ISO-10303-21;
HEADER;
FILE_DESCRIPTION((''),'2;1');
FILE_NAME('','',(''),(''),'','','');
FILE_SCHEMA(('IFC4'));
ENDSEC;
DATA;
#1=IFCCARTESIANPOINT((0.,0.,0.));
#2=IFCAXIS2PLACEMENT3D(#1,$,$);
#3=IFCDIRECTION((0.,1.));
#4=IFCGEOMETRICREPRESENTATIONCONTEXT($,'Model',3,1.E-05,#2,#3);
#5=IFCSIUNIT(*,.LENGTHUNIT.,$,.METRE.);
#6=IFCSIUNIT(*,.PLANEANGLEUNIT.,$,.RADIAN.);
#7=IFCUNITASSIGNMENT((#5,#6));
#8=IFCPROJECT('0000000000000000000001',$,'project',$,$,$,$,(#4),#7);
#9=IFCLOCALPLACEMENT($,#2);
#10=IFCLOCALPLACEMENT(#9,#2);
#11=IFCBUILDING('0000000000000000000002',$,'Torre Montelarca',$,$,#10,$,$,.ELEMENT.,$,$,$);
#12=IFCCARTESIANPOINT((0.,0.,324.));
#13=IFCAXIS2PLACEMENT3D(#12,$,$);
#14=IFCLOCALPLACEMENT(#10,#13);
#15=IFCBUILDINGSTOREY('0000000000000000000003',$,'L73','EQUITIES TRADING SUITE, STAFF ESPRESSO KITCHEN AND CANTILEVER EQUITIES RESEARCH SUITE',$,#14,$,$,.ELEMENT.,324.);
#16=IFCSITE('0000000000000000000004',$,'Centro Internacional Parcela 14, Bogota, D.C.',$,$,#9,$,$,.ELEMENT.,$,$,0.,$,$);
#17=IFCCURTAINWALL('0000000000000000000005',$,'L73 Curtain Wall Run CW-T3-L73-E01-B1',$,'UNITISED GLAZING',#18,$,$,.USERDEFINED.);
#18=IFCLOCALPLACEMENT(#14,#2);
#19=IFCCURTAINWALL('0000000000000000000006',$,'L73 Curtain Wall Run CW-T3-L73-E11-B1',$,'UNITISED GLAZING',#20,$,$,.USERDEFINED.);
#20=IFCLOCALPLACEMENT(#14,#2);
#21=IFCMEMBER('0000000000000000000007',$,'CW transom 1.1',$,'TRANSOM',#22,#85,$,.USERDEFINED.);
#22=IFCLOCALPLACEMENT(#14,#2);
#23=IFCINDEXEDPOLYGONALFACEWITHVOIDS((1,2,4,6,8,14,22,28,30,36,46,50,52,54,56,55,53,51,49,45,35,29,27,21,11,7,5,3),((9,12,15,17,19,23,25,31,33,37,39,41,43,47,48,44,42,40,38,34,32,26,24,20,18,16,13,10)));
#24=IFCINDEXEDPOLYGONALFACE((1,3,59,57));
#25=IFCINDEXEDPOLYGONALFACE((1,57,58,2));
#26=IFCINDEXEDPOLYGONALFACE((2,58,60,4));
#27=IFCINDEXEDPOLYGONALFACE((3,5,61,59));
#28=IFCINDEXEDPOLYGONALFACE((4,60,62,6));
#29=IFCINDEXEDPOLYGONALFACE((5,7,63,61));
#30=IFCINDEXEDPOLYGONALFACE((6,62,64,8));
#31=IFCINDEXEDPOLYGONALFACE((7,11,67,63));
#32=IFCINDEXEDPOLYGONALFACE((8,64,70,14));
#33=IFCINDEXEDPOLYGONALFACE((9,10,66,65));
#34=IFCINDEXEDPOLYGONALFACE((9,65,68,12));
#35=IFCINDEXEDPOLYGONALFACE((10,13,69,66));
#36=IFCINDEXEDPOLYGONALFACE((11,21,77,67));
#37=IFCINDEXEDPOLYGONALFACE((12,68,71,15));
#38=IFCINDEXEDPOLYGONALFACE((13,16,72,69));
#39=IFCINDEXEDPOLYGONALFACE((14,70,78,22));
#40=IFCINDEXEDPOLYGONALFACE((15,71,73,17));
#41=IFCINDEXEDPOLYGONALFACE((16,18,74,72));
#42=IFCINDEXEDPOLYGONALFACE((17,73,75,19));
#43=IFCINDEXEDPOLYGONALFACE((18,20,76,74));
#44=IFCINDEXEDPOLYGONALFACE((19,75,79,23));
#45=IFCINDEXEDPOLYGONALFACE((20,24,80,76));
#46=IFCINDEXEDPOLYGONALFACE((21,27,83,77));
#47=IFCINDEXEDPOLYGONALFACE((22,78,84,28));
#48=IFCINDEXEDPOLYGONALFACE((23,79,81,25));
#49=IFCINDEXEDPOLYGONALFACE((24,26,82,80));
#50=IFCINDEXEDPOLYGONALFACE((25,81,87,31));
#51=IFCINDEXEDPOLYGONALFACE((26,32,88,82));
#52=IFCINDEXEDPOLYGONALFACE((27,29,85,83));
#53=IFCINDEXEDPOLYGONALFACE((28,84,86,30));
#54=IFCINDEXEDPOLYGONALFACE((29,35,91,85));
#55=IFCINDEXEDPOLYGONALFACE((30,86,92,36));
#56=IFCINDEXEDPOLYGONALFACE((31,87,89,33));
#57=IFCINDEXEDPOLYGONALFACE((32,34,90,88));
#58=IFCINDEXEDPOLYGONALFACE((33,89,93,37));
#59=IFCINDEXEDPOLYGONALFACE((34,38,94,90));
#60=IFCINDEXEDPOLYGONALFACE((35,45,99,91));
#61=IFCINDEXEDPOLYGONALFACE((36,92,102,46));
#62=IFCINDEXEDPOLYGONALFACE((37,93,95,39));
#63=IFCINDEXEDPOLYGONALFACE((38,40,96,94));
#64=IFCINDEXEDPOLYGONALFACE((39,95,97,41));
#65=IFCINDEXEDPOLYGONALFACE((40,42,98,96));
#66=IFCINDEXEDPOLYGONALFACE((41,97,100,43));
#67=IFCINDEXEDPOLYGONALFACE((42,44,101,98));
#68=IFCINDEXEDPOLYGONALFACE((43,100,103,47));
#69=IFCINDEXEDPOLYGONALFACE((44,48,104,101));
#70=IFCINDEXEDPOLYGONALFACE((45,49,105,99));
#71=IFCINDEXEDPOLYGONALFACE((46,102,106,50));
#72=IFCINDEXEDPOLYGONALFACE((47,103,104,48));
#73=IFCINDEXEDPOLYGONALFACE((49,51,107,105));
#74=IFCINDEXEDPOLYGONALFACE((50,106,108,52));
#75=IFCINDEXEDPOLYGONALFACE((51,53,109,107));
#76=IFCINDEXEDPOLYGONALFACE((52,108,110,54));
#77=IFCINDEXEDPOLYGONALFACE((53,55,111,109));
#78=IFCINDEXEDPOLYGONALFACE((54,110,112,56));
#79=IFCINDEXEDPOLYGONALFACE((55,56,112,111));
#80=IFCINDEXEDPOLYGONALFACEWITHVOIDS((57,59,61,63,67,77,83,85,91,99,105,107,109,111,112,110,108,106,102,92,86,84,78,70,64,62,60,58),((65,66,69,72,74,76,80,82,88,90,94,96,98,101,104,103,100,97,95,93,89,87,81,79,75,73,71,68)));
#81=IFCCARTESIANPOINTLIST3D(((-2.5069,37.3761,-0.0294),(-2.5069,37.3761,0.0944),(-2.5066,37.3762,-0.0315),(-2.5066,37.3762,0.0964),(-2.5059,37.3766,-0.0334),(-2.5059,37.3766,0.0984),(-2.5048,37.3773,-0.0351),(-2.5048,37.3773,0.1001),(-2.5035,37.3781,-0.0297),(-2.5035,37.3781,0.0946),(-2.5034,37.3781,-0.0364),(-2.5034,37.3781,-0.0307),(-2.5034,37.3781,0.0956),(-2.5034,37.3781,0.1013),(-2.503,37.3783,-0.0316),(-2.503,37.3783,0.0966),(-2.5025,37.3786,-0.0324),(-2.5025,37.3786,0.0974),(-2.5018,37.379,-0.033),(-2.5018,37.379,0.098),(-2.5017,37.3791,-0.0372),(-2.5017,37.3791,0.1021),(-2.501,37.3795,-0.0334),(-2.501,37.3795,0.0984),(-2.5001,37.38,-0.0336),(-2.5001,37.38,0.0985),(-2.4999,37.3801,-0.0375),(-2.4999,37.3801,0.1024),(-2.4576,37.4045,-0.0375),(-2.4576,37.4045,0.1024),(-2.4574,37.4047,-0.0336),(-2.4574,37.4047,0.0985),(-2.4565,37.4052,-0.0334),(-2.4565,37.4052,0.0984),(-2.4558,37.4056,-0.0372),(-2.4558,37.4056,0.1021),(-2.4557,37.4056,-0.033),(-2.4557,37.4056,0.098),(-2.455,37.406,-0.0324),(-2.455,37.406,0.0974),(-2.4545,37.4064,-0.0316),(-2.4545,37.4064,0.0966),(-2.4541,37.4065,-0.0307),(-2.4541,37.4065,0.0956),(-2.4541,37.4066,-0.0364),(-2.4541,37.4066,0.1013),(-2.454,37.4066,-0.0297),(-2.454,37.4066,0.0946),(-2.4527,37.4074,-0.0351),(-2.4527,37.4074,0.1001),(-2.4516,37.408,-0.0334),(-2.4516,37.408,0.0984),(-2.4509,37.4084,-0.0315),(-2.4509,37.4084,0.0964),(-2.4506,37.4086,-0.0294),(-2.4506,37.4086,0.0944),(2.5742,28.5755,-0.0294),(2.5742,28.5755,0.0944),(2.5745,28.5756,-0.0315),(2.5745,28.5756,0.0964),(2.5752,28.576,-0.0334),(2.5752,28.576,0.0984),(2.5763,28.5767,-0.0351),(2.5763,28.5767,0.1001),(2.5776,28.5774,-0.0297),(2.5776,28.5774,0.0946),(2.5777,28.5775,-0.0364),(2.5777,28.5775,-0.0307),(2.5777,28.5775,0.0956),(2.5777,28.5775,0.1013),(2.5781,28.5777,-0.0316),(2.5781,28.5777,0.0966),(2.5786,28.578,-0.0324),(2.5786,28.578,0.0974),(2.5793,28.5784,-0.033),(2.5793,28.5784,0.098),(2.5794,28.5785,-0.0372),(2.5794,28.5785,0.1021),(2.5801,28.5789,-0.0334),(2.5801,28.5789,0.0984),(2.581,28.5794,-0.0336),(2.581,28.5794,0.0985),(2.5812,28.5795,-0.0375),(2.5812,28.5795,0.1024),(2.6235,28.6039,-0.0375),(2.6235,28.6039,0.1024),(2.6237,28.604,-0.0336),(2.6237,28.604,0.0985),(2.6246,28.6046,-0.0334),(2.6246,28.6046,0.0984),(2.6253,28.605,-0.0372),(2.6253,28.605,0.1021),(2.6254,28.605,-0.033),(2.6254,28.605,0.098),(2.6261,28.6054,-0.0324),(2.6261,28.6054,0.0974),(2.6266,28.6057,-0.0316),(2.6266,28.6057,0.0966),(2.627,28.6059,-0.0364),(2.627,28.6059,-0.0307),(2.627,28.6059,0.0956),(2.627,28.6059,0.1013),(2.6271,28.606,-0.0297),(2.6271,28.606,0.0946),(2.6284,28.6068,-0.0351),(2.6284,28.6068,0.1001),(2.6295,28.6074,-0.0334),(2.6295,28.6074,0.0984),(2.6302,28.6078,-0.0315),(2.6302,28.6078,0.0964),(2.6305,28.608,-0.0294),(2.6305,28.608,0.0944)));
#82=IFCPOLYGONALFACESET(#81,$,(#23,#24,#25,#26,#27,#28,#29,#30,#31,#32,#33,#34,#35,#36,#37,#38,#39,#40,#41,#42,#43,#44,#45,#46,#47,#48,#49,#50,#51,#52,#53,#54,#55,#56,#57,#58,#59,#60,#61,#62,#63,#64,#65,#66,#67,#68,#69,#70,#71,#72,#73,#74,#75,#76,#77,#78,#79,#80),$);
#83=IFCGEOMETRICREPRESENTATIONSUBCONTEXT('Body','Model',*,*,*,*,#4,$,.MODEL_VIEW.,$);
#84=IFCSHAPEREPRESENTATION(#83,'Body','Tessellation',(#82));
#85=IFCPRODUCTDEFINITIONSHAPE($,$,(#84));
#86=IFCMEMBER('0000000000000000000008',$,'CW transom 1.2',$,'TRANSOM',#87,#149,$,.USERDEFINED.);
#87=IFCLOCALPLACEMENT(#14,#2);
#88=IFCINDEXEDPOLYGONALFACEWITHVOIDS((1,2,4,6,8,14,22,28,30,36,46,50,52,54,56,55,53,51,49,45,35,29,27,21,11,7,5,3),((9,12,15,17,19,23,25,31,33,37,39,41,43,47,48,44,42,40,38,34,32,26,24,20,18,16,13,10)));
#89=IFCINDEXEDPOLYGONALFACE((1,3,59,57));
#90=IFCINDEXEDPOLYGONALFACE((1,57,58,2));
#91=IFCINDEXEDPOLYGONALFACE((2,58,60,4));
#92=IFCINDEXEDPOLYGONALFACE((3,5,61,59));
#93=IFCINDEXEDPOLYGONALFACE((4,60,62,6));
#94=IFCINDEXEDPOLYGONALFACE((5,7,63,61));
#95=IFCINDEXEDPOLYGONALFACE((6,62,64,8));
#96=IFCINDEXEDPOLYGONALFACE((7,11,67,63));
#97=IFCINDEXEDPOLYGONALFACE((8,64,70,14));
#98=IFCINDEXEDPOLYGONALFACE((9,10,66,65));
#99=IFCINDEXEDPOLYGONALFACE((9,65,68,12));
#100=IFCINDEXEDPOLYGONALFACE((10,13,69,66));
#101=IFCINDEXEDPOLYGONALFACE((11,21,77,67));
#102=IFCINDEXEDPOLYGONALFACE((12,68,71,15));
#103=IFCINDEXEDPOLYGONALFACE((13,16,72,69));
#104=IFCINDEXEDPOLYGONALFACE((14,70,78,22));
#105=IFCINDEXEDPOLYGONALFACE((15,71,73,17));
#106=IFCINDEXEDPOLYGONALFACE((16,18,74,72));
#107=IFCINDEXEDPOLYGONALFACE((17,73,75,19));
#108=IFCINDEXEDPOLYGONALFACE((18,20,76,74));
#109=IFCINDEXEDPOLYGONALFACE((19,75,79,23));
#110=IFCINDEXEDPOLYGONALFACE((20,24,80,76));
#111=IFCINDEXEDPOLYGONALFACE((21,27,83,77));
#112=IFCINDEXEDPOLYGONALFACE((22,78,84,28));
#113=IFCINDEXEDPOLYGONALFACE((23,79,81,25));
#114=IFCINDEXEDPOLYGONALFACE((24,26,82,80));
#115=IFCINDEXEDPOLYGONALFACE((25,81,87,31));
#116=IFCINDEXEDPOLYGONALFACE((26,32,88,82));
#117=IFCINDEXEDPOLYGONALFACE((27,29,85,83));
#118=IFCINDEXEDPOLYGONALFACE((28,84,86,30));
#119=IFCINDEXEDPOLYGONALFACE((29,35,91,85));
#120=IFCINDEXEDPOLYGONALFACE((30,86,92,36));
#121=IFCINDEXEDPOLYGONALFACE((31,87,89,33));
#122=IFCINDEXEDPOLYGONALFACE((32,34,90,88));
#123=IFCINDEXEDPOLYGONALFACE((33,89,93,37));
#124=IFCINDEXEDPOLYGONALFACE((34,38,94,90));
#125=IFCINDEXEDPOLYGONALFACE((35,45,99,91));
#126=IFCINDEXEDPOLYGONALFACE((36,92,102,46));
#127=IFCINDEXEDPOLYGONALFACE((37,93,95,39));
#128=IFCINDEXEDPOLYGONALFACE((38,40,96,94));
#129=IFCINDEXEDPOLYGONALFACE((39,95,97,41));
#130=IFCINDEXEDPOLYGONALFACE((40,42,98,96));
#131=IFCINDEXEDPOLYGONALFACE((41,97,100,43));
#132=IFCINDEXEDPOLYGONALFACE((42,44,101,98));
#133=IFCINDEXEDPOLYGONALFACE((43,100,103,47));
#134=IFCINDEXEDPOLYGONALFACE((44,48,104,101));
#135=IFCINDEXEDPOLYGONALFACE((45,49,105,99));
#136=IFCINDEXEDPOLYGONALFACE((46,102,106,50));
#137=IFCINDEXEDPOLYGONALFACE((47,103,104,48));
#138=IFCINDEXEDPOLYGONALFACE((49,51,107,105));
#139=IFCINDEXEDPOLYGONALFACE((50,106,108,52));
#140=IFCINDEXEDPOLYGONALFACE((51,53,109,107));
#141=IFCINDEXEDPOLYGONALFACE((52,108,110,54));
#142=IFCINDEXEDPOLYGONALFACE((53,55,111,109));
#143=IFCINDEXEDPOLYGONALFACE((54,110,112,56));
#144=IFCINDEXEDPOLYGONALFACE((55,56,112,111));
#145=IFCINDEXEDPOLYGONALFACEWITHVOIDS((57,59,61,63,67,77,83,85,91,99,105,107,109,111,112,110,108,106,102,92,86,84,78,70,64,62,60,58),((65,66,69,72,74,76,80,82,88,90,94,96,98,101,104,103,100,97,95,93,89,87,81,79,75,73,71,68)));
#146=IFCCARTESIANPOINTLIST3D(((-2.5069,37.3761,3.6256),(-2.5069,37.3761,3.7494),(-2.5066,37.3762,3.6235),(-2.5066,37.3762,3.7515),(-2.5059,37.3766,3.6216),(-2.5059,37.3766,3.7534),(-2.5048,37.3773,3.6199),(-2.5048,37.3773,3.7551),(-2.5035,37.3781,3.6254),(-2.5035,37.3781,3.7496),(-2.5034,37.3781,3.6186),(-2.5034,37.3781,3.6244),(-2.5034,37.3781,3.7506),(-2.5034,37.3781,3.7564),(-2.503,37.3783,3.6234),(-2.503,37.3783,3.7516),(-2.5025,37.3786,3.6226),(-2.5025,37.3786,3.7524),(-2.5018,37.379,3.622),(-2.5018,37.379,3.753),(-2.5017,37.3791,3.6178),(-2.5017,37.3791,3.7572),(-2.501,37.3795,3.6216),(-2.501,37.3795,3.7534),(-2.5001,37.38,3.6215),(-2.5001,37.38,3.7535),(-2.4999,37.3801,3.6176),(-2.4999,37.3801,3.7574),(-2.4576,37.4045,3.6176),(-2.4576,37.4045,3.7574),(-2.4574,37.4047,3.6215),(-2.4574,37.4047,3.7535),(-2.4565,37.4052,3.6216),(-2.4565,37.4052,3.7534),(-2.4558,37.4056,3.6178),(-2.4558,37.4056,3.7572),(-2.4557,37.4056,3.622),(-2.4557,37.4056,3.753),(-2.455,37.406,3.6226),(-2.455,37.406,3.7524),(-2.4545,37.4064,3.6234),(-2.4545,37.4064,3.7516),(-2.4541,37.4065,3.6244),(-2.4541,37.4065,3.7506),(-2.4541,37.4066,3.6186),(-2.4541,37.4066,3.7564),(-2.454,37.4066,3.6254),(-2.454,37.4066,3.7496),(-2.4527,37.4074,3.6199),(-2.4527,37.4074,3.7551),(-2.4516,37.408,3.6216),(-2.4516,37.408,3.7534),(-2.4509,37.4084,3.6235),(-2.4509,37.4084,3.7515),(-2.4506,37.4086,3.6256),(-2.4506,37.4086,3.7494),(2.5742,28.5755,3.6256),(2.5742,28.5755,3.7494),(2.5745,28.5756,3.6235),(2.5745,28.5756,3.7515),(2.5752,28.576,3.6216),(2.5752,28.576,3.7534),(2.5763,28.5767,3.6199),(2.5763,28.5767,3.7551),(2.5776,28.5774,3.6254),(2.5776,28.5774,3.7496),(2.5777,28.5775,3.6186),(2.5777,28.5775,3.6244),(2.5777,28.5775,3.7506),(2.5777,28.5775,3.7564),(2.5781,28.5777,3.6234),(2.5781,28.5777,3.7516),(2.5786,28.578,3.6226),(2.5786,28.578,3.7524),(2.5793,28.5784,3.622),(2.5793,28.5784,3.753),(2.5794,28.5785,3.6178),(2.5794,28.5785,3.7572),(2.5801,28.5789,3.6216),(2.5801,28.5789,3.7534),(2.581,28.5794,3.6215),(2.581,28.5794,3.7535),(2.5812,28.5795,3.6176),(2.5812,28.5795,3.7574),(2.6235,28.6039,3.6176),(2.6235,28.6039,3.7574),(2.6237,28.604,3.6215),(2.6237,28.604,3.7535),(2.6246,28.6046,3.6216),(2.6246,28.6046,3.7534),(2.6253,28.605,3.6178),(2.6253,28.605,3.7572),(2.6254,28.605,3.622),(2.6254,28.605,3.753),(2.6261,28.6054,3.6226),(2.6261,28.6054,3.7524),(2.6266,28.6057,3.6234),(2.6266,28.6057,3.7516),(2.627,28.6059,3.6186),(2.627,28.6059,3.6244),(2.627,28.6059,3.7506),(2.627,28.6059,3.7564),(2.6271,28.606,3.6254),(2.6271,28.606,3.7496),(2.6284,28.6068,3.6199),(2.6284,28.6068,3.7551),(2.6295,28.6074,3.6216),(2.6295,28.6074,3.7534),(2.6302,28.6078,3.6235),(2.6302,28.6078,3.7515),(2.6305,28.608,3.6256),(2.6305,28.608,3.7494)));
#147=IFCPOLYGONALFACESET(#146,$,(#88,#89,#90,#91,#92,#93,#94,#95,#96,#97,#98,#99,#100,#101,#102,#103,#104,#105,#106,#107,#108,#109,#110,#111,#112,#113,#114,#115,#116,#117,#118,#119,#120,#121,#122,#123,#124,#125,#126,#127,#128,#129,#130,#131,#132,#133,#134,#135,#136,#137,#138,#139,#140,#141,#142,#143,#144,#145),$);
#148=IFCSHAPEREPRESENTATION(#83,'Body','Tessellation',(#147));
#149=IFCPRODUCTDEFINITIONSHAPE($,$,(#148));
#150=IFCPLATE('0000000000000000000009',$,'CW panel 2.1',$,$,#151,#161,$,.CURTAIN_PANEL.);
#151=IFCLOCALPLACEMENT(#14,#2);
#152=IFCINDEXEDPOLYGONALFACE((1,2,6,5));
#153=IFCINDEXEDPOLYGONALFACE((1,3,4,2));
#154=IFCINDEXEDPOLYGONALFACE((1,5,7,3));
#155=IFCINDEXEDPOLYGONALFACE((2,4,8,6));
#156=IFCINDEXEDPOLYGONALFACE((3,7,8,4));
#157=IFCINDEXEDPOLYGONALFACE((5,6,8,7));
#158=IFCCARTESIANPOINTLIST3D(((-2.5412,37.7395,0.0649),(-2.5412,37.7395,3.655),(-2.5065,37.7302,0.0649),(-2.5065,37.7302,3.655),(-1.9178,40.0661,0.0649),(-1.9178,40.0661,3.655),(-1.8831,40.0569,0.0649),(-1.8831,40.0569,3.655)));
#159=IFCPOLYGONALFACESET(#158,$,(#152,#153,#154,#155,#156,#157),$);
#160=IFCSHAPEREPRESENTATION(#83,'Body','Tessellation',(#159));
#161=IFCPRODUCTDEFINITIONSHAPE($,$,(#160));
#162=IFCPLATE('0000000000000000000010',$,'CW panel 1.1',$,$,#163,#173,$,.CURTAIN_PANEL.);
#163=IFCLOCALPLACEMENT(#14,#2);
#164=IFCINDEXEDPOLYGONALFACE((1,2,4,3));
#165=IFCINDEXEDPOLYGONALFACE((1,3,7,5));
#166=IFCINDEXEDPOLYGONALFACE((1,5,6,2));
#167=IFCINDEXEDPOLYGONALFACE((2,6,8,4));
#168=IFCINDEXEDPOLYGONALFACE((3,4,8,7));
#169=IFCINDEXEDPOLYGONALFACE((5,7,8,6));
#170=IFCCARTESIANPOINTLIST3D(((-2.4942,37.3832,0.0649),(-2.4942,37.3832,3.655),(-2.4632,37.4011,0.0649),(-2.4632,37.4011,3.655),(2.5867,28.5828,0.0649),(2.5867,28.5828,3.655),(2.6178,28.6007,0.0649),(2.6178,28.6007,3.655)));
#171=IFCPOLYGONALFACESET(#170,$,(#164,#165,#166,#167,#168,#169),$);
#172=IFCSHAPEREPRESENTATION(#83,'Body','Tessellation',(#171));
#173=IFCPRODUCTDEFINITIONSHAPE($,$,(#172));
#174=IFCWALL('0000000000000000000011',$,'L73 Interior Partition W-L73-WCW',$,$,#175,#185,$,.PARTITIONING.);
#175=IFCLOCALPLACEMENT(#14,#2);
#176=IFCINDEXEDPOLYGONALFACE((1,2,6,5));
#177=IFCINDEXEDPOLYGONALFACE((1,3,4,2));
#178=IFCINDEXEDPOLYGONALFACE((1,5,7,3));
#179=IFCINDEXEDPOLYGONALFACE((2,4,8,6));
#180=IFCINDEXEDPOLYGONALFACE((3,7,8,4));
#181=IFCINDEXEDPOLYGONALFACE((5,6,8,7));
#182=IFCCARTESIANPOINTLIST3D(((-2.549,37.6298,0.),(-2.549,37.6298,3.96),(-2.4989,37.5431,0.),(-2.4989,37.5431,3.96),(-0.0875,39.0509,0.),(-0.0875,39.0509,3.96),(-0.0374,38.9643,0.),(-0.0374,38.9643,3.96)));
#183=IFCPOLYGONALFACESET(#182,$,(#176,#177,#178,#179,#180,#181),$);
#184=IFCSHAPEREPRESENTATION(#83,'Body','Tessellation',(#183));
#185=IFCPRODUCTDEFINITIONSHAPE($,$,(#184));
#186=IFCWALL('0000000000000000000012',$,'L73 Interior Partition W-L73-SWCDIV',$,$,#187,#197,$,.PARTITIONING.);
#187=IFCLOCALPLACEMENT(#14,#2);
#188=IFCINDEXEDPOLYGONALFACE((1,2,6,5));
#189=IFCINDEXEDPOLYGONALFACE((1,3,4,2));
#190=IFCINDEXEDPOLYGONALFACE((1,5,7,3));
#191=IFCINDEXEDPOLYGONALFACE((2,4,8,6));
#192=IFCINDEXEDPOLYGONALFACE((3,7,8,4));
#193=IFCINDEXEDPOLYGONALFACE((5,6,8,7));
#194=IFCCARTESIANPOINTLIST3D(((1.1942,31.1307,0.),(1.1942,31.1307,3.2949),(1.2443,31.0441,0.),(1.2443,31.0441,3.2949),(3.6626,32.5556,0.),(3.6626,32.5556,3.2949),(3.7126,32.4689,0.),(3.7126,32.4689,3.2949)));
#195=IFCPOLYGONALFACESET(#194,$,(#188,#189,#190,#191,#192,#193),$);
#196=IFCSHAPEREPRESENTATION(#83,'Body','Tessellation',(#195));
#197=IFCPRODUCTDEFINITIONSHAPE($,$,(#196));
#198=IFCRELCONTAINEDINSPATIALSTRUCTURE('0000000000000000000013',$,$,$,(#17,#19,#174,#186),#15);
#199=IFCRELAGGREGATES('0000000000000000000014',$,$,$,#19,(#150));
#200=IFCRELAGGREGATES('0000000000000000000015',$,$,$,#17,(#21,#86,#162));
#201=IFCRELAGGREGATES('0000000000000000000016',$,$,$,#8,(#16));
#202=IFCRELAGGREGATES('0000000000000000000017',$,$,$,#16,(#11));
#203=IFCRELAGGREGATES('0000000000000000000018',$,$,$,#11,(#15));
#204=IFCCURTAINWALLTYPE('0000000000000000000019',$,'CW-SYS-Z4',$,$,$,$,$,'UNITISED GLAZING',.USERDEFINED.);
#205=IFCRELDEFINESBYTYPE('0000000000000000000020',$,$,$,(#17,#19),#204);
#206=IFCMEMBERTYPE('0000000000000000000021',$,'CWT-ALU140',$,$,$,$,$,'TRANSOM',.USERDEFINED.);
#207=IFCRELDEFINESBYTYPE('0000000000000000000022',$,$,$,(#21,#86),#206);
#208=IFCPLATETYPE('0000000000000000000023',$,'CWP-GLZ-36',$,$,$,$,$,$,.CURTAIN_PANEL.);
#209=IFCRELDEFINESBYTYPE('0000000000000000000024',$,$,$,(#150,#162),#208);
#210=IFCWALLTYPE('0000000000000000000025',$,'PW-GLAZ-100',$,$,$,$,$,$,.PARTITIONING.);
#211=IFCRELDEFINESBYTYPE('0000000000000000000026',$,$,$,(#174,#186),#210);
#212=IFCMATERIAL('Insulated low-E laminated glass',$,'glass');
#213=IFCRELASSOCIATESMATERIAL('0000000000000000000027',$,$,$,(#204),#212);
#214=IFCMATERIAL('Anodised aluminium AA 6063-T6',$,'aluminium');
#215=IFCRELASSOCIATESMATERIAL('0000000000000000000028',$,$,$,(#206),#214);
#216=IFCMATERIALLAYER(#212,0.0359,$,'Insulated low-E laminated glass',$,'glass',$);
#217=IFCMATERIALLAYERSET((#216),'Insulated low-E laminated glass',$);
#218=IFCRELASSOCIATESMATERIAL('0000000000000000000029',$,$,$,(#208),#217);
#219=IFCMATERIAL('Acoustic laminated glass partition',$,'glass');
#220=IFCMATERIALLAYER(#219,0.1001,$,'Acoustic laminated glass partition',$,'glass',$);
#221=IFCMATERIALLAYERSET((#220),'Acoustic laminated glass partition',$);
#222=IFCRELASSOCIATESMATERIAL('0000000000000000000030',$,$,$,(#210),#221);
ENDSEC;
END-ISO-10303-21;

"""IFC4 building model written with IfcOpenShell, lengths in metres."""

from ifc_helpers import new_model, si_unit, direction, frame, frame_2d, origin, origin_2d, place, context, subcontext, project, spatial, rectangle, hollow_rectangle, extrude, source, transform, mapped, material, layer, layer_set, material_profile, profile_set, type_object, element, aggregate, save


model = new_model("IFC4")

# Units and contexts
model_context = context("Model", 3, precision=1e-05, world=origin(), true_north=direction((0.0, 1.0)))
body_context = subcontext(model_context, "Body", "Model", "MODEL_VIEW")
ifc_project = project(units=[si_unit("LENGTHUNIT", "METRE"), si_unit("PLANEANGLEUNIT", "RADIAN")], contexts=[model_context])

# Site, building, storey
site_placement = place(None, origin())
site = spatial("IfcSite", under=ifc_project, at=site_placement, Name="Centro Internacional Parcela 14, Bogota, D.C.", CompositionType="ELEMENT", RefElevation=0.0)
building_placement = place(site_placement, origin())
building = spatial("IfcBuilding", under=site, at=building_placement, Name="Torre Montelarca", CompositionType="ELEMENT")
storey_placement = place(building_placement, frame((0.0, 0.0, 324.0)))
storey = spatial("IfcBuildingStorey", under=building, at=storey_placement, Name="L73", Description="EQUITIES TRADING SUITE, STAFF ESPRESSO KITCHEN AND CANTILEVER EQUITIES RESEARCH SUITE", CompositionType="ELEMENT", Elevation=324.0)

# Curtain walls
ifc_material_1 = material(Name="Insulated low-E laminated glass", Category="glass")
curtain_wall_type = type_object("IfcCurtainWallType", Name="CW-SYS-Z4", ElementType="UNITISED GLAZING", PredefinedType="USERDEFINED", material=ifc_material_1)
curtain_wall_1_placement = place(storey_placement, origin())
curtain_wall_1 = element("IfcCurtainWall", 1, at=curtain_wall_1_placement, inside=storey, type_object=curtain_wall_type, Name="L73 Curtain Wall Run CW-T3-L73-E01-B1", ObjectType="UNITISED GLAZING", PredefinedType="USERDEFINED")
ifc_material_2 = material(Name="Anodised aluminium AA 6063-T6", Category="aluminium")
curtain_wall_2_placement = place(storey_placement, origin())
curtain_wall_2 = element("IfcCurtainWall", 2, at=curtain_wall_2_placement, inside=storey, type_object=curtain_wall_type, Name="L73 Curtain Wall Run CW-T3-L73-E11-B1", ObjectType="UNITISED GLAZING", PredefinedType="USERDEFINED")

# Members
ifc_material_profile_1 = material_profile(ifc_material_2, hollow_rectangle(XDim=0.0649, YDim=0.1399, WallThickness=0.0039, InnerFilletRadius=0.0039, OuterFilletRadius=0.0081, at=origin_2d()), Name="ALU65X140X4", Category="aluminium")
ifc_profile_set_1 = profile_set([ifc_material_profile_1], Name="Anodised aluminium AA 6063-T6")
member_type_1 = type_object("IfcMemberType", Name="CWT-ALU140", ElementType="TRANSOM", PredefinedType="USERDEFINED", material=ifc_profile_set_1)
shared_shape_1 = source(origin(), body_context, "Body", "SweptSolid", [
    extrude(hollow_rectangle(XDim=0.0649, YDim=0.1399, WallThickness=0.0039, InnerFilletRadius=0.0039, OuterFilletRadius=0.0081, at=origin_2d()), origin(), (0.0, 0.0, 1.0), 10.1621),
])
member_1_placement = place(storey_placement, frame((-2.4788, 37.3923, 0.0325), z_axis=(0.500005, -0.866023, 0.0), x_axis=(0.866023, 0.500005, 0.0)))
member_1 = element("IfcMember", 3, at=member_1_placement, type_object=member_type_1, Name="CW transom 1.1", ObjectType="TRANSOM", PredefinedType="USERDEFINED", context=body_context, shape_type="MappedRepresentation", body=[
    mapped(shared_shape_1, transform((0.0, 0.0, 0.0), scale=1.0)),
])
member_2_placement = place(storey_placement, frame((-2.4788, 37.3923, 3.6875), z_axis=(0.500005, -0.866023, 0.0), x_axis=(0.866023, 0.500005, 0.0)))
member_2 = element("IfcMember", 4, at=member_2_placement, type_object=member_type_1, Name="CW transom 1.2", ObjectType="TRANSOM", PredefinedType="USERDEFINED", context=body_context, shape_type="MappedRepresentation", body=[
    mapped(shared_shape_1, transform((0.0, 0.0, 0.0), scale=1.0)),
])

# Plates
ifc_layer_1 = layer(ifc_material_1, 0.0359, Name="Insulated low-E laminated glass", Category="glass")
ifc_layer_set_1 = layer_set([ifc_layer_1], Name="Insulated low-E laminated glass")
plate_type = type_object("IfcPlateType", Name="CWP-GLZ-36", PredefinedType="CURTAIN_PANEL", material=ifc_layer_set_1)
shared_shape_2 = source(origin(), body_context, "Body", "SweptSolid", [
    extrude(rectangle(XDim=2.4087, YDim=0.0359, at=origin_2d()), origin(), (0.0, 0.0, 1.0), 3.5901),
])
plate_1_placement = place(storey_placement, frame((-2.2122, 38.8982, 0.0649), z_axis=(0.0, 0.0, 1.0), x_axis=(-0.258815, -0.965927, 0.0)))
plate_1 = element("IfcPlate", 5, at=plate_1_placement, type_object=plate_type, Name="CW panel 2.1", PredefinedType="CURTAIN_PANEL", context=body_context, shape_type="MappedRepresentation", body=[
    mapped(shared_shape_2, transform((0.0, 0.0, 0.0), scale=1.0)),
])
aggregate(curtain_wall_2, [plate_1])
shared_shape_3 = source(origin(), body_context, "Body", "SweptSolid", [
    extrude(rectangle(XDim=10.1619, YDim=0.0359, at=origin_2d()), origin(), (0.0, 0.0, 1.0), 3.5901),
])
plate_2_placement = place(storey_placement, frame((0.0618, 32.9919, 0.0649), z_axis=(0.0, 0.0, 1.0), x_axis=(0.5, -0.866025, 0.0)))
plate_2 = element("IfcPlate", 6, at=plate_2_placement, type_object=plate_type, Name="CW panel 1.1", PredefinedType="CURTAIN_PANEL", context=body_context, shape_type="MappedRepresentation", body=[
    mapped(shared_shape_3, transform((0.0, 0.0, 0.0), scale=1.0)),
])
aggregate(curtain_wall_1, [member_1, member_2, plate_2])

# Walls
ifc_material_3 = material(Name="Acoustic laminated glass partition", Category="glass")
ifc_layer_2 = layer(ifc_material_3, 0.1001, Name="Acoustic laminated glass partition", Category="glass")
ifc_layer_set_2 = layer_set([ifc_layer_2], Name="Acoustic laminated glass partition")
wall_type_1 = type_object("IfcWallType", Name="PW-GLAZ-100", PredefinedType="PARTITIONING", material=ifc_layer_set_2)
wall_1_placement = place(storey_placement, frame((-2.5239, 37.5864, 0.0), z_axis=(0.0, 0.0, 1.0), x_axis=(0.86602, 0.50001, 0.0)))
element("IfcWall", 7, at=wall_1_placement, inside=storey, type_object=wall_type_1, Name="L73 Interior Partition W-L73-WCW", PredefinedType="PARTITIONING", context=body_context, shape_type="SweptSolid", body=[
    extrude(rectangle(XDim=2.8423, YDim=0.1001, at=frame_2d((1.4211, 0.0))), origin(), (0.0, 0.0, 1.0), 3.96),
])
wall_2_placement = place(storey_placement, frame((1.2192, 31.0874, 0.0), z_axis=(0.0, 0.0, 1.0), x_axis=(0.866063, 0.499935, 0.0)))
element("IfcWall", 8, at=wall_2_placement, inside=storey, type_object=wall_type_1, Name="L73 Interior Partition W-L73-SWCDIV", PredefinedType="PARTITIONING", context=body_context, shape_type="SweptSolid", body=[
    extrude(rectangle(XDim=2.8501, YDim=0.1001, at=frame_2d((1.425, 0.0))), origin(), (0.0, 0.0, 1.0), 3.2949),
])

save(model, "model.ifc")
